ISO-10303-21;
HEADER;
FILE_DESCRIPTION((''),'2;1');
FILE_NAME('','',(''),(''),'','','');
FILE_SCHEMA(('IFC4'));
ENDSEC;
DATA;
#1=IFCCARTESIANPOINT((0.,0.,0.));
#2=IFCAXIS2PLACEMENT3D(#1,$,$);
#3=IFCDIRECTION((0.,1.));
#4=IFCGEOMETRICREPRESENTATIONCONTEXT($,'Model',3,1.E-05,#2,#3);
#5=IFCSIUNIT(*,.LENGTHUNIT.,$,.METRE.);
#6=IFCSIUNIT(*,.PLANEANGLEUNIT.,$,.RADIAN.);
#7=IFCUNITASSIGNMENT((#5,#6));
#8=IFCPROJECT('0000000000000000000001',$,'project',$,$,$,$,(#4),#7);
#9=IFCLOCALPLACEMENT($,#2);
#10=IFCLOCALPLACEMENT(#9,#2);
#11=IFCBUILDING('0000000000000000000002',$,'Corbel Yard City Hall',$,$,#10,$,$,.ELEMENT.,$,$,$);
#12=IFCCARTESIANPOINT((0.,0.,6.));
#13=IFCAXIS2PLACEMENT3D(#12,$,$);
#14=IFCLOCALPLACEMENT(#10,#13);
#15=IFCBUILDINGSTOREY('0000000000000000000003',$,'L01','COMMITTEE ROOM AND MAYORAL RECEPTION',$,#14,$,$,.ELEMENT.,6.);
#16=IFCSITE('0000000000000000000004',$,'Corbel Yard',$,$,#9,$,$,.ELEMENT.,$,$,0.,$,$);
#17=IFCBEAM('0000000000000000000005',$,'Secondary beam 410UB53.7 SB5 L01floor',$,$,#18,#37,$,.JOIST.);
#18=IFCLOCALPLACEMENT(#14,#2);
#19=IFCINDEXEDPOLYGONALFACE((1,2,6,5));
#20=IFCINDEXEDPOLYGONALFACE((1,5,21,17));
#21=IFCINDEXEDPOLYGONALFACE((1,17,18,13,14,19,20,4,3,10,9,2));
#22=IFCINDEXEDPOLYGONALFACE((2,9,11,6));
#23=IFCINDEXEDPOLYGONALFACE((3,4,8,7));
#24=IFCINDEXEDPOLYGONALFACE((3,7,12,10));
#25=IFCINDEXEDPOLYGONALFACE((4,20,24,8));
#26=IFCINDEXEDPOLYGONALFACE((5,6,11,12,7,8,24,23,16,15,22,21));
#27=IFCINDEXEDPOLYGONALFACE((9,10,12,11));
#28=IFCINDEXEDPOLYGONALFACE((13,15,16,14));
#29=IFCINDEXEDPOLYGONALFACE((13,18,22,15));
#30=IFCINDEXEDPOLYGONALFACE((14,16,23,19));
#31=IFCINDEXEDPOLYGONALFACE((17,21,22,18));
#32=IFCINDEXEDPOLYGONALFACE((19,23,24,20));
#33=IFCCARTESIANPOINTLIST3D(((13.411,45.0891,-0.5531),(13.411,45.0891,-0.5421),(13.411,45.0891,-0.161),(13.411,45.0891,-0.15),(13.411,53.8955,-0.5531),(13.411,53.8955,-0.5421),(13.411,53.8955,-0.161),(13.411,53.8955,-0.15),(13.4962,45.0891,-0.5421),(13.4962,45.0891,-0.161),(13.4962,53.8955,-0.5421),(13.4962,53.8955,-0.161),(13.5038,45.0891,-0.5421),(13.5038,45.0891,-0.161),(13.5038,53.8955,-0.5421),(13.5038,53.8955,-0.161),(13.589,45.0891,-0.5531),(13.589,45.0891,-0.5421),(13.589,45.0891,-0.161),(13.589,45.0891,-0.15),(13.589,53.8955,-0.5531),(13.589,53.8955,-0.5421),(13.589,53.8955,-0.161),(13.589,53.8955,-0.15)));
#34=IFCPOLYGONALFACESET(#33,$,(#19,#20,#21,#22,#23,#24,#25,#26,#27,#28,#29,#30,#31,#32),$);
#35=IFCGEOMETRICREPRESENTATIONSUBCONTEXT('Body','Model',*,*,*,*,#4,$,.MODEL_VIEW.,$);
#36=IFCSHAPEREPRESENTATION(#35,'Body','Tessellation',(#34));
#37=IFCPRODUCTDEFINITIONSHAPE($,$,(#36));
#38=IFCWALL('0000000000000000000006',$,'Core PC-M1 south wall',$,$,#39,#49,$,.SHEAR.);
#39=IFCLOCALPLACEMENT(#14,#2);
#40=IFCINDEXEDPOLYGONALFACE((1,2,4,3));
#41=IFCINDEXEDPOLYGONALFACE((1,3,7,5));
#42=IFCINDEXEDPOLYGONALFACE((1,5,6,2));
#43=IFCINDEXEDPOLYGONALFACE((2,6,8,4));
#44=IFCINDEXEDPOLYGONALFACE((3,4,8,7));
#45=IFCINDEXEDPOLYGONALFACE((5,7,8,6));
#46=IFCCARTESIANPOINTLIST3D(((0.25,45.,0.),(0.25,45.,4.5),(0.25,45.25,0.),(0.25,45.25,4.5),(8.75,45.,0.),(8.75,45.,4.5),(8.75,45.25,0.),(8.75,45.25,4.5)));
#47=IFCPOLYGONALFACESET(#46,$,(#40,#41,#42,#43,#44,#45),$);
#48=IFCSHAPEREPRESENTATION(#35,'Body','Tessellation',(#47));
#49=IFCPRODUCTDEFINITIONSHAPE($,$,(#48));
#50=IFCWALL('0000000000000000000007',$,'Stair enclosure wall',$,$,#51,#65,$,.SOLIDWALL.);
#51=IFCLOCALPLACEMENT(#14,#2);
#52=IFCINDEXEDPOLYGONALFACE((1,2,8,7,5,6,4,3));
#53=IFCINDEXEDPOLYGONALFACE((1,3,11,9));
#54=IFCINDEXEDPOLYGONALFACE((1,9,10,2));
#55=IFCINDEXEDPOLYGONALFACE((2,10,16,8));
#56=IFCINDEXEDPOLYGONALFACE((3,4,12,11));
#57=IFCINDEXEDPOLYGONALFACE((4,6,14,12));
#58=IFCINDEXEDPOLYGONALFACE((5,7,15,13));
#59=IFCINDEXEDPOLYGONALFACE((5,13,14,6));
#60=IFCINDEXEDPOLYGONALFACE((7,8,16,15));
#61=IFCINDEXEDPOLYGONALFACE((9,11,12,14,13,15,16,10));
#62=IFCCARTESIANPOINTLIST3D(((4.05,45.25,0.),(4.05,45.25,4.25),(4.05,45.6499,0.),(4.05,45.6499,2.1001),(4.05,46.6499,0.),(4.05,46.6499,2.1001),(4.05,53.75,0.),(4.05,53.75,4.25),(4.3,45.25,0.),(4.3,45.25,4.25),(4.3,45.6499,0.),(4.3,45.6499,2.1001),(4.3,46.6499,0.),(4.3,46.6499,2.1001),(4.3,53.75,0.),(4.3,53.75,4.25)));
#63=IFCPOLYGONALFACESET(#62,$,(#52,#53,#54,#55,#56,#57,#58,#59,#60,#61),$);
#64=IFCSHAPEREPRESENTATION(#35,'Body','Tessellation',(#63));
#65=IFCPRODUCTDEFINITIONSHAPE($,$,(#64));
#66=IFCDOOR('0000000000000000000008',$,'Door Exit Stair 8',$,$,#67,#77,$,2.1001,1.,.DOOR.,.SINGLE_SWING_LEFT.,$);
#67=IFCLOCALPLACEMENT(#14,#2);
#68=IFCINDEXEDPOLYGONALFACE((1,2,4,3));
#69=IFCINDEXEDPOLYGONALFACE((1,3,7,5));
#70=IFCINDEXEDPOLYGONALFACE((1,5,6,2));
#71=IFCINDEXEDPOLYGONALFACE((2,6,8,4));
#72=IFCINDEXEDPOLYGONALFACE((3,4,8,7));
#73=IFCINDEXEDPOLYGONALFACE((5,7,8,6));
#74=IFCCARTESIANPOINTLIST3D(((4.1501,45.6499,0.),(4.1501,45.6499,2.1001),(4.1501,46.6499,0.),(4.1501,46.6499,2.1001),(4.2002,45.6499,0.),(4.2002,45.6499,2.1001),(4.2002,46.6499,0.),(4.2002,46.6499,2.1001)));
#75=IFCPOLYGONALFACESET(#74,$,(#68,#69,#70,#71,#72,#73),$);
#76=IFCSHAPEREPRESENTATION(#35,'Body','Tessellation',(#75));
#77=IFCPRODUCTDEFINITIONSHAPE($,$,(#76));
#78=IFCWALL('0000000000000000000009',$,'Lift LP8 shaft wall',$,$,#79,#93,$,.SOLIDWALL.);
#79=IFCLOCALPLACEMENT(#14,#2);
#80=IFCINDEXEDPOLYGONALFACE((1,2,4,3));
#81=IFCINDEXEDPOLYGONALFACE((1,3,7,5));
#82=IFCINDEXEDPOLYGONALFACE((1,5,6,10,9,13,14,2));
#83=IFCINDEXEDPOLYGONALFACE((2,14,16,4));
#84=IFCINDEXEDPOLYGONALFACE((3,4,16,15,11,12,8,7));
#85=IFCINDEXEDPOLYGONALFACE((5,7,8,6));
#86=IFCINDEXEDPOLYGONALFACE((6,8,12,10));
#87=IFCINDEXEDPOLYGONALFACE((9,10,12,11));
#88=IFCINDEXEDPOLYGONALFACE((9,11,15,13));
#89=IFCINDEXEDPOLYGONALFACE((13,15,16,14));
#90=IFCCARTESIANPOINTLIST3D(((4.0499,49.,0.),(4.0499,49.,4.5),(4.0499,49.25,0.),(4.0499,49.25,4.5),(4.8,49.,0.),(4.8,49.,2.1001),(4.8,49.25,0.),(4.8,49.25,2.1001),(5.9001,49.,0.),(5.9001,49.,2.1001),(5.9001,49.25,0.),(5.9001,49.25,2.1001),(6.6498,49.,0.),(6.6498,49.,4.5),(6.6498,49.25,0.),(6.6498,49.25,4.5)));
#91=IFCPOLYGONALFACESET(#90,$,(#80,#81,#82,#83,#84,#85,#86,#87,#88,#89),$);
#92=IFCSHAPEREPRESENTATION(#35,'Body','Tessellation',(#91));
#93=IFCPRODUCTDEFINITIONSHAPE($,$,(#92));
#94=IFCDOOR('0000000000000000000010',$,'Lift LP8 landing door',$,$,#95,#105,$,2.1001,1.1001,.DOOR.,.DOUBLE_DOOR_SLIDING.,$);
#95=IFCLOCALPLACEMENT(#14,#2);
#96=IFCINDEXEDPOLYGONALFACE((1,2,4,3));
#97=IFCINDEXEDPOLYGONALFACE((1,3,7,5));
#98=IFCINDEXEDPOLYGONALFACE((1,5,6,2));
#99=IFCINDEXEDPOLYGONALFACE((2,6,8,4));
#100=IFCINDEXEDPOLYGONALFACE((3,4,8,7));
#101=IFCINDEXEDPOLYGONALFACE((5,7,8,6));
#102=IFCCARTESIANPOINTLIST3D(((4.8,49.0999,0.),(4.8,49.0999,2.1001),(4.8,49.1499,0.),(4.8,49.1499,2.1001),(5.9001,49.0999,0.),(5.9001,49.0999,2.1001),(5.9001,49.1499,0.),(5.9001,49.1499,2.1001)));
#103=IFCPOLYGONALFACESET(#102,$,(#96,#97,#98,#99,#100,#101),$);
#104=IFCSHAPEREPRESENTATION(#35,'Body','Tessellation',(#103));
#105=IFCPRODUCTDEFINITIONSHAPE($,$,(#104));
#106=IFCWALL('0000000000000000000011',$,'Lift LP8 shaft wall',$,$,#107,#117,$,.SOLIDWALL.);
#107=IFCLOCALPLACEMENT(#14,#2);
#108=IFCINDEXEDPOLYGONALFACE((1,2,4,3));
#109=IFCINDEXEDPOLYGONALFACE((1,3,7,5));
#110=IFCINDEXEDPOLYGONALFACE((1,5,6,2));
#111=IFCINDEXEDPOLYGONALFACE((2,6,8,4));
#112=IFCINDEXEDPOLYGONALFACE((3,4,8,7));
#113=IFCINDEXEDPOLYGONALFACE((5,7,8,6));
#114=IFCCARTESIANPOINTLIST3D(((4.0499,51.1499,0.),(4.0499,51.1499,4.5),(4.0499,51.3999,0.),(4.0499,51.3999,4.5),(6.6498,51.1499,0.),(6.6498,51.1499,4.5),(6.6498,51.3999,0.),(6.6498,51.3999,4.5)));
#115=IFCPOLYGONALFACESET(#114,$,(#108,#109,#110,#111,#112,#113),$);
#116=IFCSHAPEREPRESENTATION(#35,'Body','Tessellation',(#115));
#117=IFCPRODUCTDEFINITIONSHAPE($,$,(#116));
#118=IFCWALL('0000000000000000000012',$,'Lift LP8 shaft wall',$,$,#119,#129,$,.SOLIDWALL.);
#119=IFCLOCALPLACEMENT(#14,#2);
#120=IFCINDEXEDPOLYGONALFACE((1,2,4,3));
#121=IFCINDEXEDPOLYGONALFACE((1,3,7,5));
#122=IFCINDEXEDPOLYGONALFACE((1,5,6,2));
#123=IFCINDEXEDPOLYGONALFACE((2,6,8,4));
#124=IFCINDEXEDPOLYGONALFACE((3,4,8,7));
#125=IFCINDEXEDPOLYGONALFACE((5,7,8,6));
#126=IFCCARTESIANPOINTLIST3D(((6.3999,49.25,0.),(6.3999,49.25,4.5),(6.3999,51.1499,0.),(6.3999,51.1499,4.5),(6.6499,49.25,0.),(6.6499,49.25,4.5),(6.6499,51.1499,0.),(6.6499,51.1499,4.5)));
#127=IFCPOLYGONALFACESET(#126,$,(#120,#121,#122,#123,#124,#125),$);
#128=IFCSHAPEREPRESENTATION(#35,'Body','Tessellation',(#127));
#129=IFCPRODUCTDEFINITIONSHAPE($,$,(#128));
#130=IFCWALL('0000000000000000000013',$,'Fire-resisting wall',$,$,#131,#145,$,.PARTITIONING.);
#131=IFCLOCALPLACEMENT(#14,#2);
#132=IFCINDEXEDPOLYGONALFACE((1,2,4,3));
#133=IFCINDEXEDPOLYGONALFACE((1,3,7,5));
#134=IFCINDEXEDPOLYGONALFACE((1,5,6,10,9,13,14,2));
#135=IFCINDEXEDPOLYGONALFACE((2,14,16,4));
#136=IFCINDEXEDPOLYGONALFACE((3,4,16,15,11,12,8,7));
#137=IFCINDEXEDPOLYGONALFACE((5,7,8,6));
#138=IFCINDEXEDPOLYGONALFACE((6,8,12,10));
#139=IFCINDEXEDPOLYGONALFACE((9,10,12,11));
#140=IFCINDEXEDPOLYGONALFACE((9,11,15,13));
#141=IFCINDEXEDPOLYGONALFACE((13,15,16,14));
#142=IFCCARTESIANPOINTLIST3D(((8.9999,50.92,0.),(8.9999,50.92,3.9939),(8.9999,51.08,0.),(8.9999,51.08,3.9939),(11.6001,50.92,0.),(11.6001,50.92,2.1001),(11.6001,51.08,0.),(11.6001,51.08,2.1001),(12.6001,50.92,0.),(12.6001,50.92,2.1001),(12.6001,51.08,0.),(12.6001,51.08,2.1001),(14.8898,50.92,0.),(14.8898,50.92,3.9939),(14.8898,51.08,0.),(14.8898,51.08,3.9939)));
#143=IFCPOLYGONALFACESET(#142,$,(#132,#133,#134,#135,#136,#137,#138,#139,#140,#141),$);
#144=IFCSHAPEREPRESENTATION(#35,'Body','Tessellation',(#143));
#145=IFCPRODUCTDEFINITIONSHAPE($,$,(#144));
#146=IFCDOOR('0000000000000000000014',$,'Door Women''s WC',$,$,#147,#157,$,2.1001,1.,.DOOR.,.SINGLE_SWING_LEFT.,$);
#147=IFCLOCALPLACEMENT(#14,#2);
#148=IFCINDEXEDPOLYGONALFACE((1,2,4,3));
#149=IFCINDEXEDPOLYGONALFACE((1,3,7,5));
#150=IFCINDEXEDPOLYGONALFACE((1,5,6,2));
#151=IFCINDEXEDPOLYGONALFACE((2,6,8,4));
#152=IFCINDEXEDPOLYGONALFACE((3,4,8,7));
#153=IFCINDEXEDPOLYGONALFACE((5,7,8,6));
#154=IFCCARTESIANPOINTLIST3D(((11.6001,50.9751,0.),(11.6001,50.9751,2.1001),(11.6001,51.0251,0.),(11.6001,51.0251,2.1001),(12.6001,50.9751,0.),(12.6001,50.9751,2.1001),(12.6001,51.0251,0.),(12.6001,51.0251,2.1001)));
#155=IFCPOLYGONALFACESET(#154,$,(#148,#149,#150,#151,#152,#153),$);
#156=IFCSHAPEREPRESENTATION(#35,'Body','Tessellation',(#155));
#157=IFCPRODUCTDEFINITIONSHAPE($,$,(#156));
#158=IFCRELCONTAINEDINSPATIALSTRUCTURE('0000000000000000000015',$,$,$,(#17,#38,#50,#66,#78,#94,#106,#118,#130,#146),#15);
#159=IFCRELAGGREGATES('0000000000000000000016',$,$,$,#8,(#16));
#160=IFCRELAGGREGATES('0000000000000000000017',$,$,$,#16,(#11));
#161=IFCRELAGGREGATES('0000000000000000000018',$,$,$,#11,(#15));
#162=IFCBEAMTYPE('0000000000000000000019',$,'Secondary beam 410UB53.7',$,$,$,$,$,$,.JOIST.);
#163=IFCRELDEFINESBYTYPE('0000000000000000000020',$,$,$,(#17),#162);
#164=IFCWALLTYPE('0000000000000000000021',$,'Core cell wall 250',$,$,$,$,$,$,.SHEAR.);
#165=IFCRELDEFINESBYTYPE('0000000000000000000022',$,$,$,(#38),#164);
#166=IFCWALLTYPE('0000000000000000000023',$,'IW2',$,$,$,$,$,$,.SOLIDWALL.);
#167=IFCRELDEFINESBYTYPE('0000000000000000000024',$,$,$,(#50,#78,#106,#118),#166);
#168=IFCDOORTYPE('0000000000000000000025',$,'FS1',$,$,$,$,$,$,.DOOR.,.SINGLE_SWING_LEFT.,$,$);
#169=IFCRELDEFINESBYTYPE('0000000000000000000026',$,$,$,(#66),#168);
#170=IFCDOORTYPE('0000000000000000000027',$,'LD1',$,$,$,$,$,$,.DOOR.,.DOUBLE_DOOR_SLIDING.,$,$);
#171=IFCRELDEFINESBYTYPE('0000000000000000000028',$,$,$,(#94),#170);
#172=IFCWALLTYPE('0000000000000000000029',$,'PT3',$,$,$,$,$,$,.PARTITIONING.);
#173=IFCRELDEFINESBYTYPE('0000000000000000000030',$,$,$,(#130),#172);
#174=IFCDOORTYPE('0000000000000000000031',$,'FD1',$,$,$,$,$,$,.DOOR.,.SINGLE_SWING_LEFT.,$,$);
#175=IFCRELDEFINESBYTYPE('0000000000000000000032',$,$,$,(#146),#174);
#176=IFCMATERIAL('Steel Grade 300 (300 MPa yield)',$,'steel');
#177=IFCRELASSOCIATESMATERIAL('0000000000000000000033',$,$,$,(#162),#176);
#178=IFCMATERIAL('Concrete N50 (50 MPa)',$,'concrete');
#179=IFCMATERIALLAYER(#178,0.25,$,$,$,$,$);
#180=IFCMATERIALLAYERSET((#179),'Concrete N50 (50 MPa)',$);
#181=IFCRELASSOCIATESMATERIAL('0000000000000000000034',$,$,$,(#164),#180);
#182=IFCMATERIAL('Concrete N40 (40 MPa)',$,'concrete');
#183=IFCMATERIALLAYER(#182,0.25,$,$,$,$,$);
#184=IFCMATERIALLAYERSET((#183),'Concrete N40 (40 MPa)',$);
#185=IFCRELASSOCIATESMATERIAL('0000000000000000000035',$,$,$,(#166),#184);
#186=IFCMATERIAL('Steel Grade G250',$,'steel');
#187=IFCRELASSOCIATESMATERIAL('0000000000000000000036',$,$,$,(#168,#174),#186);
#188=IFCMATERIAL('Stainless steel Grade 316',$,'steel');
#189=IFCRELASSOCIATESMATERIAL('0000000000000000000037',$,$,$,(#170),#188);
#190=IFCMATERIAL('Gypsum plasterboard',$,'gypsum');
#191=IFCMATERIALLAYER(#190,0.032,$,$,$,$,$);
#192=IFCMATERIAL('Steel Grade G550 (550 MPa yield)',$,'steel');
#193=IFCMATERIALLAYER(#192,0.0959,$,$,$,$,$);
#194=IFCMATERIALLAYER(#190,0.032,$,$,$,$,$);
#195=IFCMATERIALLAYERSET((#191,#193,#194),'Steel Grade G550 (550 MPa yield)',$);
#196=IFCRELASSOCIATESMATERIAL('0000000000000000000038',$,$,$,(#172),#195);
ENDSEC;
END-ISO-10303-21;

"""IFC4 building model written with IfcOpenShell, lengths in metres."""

from ifc_helpers import new_model, si_unit, direction, frame, frame_2d, origin, origin_2d, place, context, subcontext, project, spatial, rectangle, i_section, extrude, material, layer, layer_set, material_profile, profile_set, type_object, element, fill, save


model = new_model("IFC4")

# Units and contexts
model_context = context("Model", 3, precision=1e-05, world=origin(), true_north=direction((0.0, 1.0)))
body_context = subcontext(model_context, "Body", "Model", "MODEL_VIEW")
ifc_project = project(units=[si_unit("LENGTHUNIT", "METRE"), si_unit("PLANEANGLEUNIT", "RADIAN")], contexts=[model_context])

# Site, building, storey
site_placement = place(None, origin())
site = spatial("IfcSite", under=ifc_project, at=site_placement, Name="Corbel Yard", CompositionType="ELEMENT", RefElevation=0.0)
building_placement = place(site_placement, origin())
building = spatial("IfcBuilding", under=site, at=building_placement, Name="Corbel Yard City Hall", CompositionType="ELEMENT")
storey_placement = place(building_placement, frame((0.0, 0.0, 6.0)))
storey = spatial("IfcBuildingStorey", under=building, at=storey_placement, Name="L01", Description="COMMITTEE ROOM AND MAYORAL RECEPTION", CompositionType="ELEMENT", Elevation=6.0)

# Beam
ifc_material_1 = material(Name="Steel Grade 300 (300 MPa yield)", Category="steel")
ifc_material_profile = material_profile(ifc_material_1, i_section(OverallWidth=0.178, OverallDepth=0.4031, WebThickness=0.0076, FlangeThickness=0.011, at=origin_2d()), Name="410UB53.7")
ifc_profile_set = profile_set([ifc_material_profile], Name="Steel Grade 300 (300 MPa yield)")
beam_type = type_object("IfcBeamType", Name="Secondary beam 410UB53.7", PredefinedType="JOIST", material=ifc_profile_set)
beam_placement = place(storey_placement, frame((13.5, 45.0891, -0.3516), z_axis=(0.0, 1.0, 0.0), x_axis=(-1.0, 0.0, 0.0)))
element("IfcBeam", 1, at=beam_placement, inside=storey, type_object=beam_type, Name="Secondary beam 410UB53.7 SB5 L01floor", PredefinedType="JOIST", context=body_context, shape_type="SweptSolid", body=[
    extrude(i_section(OverallWidth=0.178, OverallDepth=0.4031, WebThickness=0.0076, FlangeThickness=0.011, at=origin_2d()), origin(), (0.0, 0.0, 1.0), 8.8064),
])

# Wall
ifc_material_2 = material(Name="Concrete N50 (50 MPa)", Category="concrete")
ifc_layer_1 = layer(ifc_material_2, 0.25)
ifc_layer_set_1 = layer_set([ifc_layer_1], Name="Concrete N50 (50 MPa)")
wall_type_1 = type_object("IfcWallType", Name="Core cell wall 250", PredefinedType="SHEAR", material=ifc_layer_set_1)
wall_1_placement = place(storey_placement, frame((0.25, 45.125, 0.0), z_axis=(0.0, 0.0, 1.0), x_axis=(1.0, 0.0, 0.0)))
element("IfcWall", 2, at=wall_1_placement, inside=storey, type_object=wall_type_1, Name="Core PC-M1 south wall", PredefinedType="SHEAR", context=body_context, shape_type="SweptSolid", body=[
    extrude(rectangle(XDim=8.5, YDim=0.25, at=frame_2d((4.25, 0.0))), origin(), (0.0, 0.0, 1.0), 4.5),
])

# Walls, openings, doors
ifc_material_3 = material(Name="Concrete N40 (40 MPa)", Category="concrete")
ifc_layer_2 = layer(ifc_material_3, 0.25)
ifc_layer_set_2 = layer_set([ifc_layer_2], Name="Concrete N40 (40 MPa)")
wall_type_2 = type_object("IfcWallType", Name="IW2", PredefinedType="SOLIDWALL", material=ifc_layer_set_2)
wall_2_placement = place(storey_placement, frame((4.175, 45.25, 0.0), z_axis=(0.0, 0.0, 1.0), x_axis=(0.0, 1.0, 0.0)))
wall_2 = element("IfcWall", 3, at=wall_2_placement, inside=storey, type_object=wall_type_2, Name="Stair enclosure wall", PredefinedType="SOLIDWALL", context=body_context, shape_type="SweptSolid", body=[
    extrude(rectangle(XDim=8.5, YDim=0.25, at=frame_2d((4.25, 0.0))), origin(), (0.0, 0.0, 1.0), 4.25),
])
opening_1_placement = place(wall_2_placement, frame((0.3999, 0.0, 0.0)))
opening_1 = element("IfcOpeningElement", 4, at=opening_1_placement, cuts=wall_2, PredefinedType="OPENING", context=body_context, shape_type="SweptSolid", body=[
    extrude(rectangle(XDim=1.0, YDim=2.1001, at=frame_2d((0.5, 1.05))), frame((0.0, 0.135, 0.0), z_axis=(0.0, -1.0, 0.0), x_axis=(1.0, 0.0, 0.0)), (0.0, 0.0, 1.0), 0.27),
])
ifc_material_4 = material(Name="Steel Grade G250", Category="steel")
door_type_1 = type_object("IfcDoorType", Name="FS1", OperationType="SINGLE_SWING_LEFT", PredefinedType="DOOR", material=ifc_material_4)
door_1_placement = place(opening_1_placement, origin())
door_1 = element("IfcDoor", 5, at=door_1_placement, inside=storey, type_object=door_type_1, Name="Door Exit Stair 8", OperationType="SINGLE_SWING_LEFT", OverallHeight=2.1001, OverallWidth=1.0, PredefinedType="DOOR", context=body_context, shape_type="SweptSolid", body=[
    extrude(rectangle(XDim=1.0, YDim=2.1001, at=frame_2d((0.5, 1.05))), frame((0.0, 0.0249, 0.0), z_axis=(0.0, -1.0, 0.0), x_axis=(1.0, 0.0, 0.0)), (0.0, 0.0, 1.0), 0.05),
])
fill(opening_1, door_1)
wall_3_placement = place(storey_placement, frame((4.05, 49.125, 0.0), z_axis=(0.0, 0.0, 1.0), x_axis=(1.0, 0.0, 0.0)))
wall_3 = element("IfcWall", 6, at=wall_3_placement, inside=storey, type_object=wall_type_2, Name="Lift LP8 shaft wall", PredefinedType="SOLIDWALL", context=body_context, shape_type="SweptSolid", body=[
    extrude(rectangle(XDim=2.5999, YDim=0.25, at=frame_2d((1.2998, 0.0))), origin(), (0.0, 0.0, 1.0), 4.5),
])
opening_2_placement = place(wall_3_placement, frame((0.75, 0.0, 0.0)))
opening_2 = element("IfcOpeningElement", 7, at=opening_2_placement, cuts=wall_3, PredefinedType="OPENING", context=body_context, shape_type="SweptSolid", body=[
    extrude(rectangle(XDim=1.1001, YDim=2.1001, at=frame_2d((0.55, 1.05))), frame((0.0, 0.135, 0.0), z_axis=(0.0, -1.0, 0.0), x_axis=(1.0, 0.0, 0.0)), (0.0, 0.0, 1.0), 0.27),
])
ifc_material_5 = material(Name="Stainless steel Grade 316", Category="steel")
door_type_2 = type_object("IfcDoorType", Name="LD1", OperationType="DOUBLE_DOOR_SLIDING", PredefinedType="DOOR", material=ifc_material_5)
door_2_placement = place(opening_2_placement, origin())
door_2 = element("IfcDoor", 8, at=door_2_placement, inside=storey, type_object=door_type_2, Name="Lift LP8 landing door", OperationType="DOUBLE_DOOR_SLIDING", OverallHeight=2.1001, OverallWidth=1.1001, PredefinedType="DOOR", context=body_context, shape_type="SweptSolid", body=[
    extrude(rectangle(XDim=1.1001, YDim=2.1001, at=frame_2d((0.55, 1.05))), frame((0.0, 0.0249, 0.0), z_axis=(0.0, -1.0, 0.0), x_axis=(1.0, 0.0, 0.0)), (0.0, 0.0, 1.0), 0.05),
])
fill(opening_2, door_2)

# Walls
wall_4_placement = place(storey_placement, frame((4.05, 51.2749, 0.0), z_axis=(0.0, 0.0, 1.0), x_axis=(1.0, 0.0, 0.0)))
element("IfcWall", 9, at=wall_4_placement, inside=storey, type_object=wall_type_2, Name="Lift LP8 shaft wall", PredefinedType="SOLIDWALL", context=body_context, shape_type="SweptSolid", body=[
    extrude(rectangle(XDim=2.5999, YDim=0.25, at=frame_2d((1.2998, 0.0))), origin(), (0.0, 0.0, 1.0), 4.5),
])
wall_5_placement = place(storey_placement, frame((6.5249, 49.25, 0.0), z_axis=(0.0, 0.0, 1.0), x_axis=(0.0, 1.0, 0.0)))
element("IfcWall", 10, at=wall_5_placement, inside=storey, type_object=wall_type_2, Name="Lift LP8 shaft wall", PredefinedType="SOLIDWALL", context=body_context, shape_type="SweptSolid", body=[
    extrude(rectangle(XDim=1.8999, YDim=0.25, at=frame_2d((0.95, 0.0))), origin(), (0.0, 0.0, 1.0), 4.5),
])

# Wall, opening, door
ifc_material_6 = material(Name="Gypsum plasterboard", Category="gypsum")
ifc_layer_3 = layer(ifc_material_6, 0.032)
ifc_material_7 = material(Name="Steel Grade G550 (550 MPa yield)", Category="steel")
ifc_layer_4 = layer(ifc_material_7, 0.0959)
ifc_layer_5 = layer(ifc_material_6, 0.032)
ifc_layer_set_3 = layer_set([ifc_layer_3, ifc_layer_4, ifc_layer_5], Name="Steel Grade G550 (550 MPa yield)")
wall_type_3 = type_object("IfcWallType", Name="PT3", PredefinedType="PARTITIONING", material=ifc_layer_set_3)
wall_6_placement = place(storey_placement, frame((9.0, 51.0, 0.0), z_axis=(0.0, 0.0, 1.0), x_axis=(1.0, 0.0, 0.0)))
wall_6 = element("IfcWall", 11, at=wall_6_placement, inside=storey, type_object=wall_type_3, Name="Fire-resisting wall", PredefinedType="PARTITIONING", context=body_context, shape_type="SweptSolid", body=[
    extrude(rectangle(XDim=5.8899, YDim=0.1599, at=frame_2d((2.9448, 0.0))), origin(), (0.0, 0.0, 1.0), 3.9939),
])
opening_3_placement = place(wall_6_placement, frame((2.6001, 0.0, 0.0)))
opening_3 = element("IfcOpeningElement", 12, at=opening_3_placement, cuts=wall_6, PredefinedType="OPENING", context=body_context, shape_type="SweptSolid", body=[
    extrude(rectangle(XDim=1.0, YDim=2.1001, at=frame_2d((0.5, 1.05))), frame((0.0, 0.0898, 0.0), z_axis=(0.0, -1.0, 0.0), x_axis=(1.0, 0.0, 0.0)), (0.0, 0.0, 1.0), 0.1799),
])
door_type_3 = type_object("IfcDoorType", Name="FD1", OperationType="SINGLE_SWING_LEFT", PredefinedType="DOOR", material=ifc_material_4)
door_3_placement = place(opening_3_placement, frame((1.0, 0.0, 0.0), z_axis=(0.0, 0.0, 1.0), x_axis=(-1.0, 0.0, 0.0)))
door_3 = element("IfcDoor", 13, at=door_3_placement, inside=storey, type_object=door_type_3, Name="Door Women's WC", OperationType="SINGLE_SWING_LEFT", OverallHeight=2.1001, OverallWidth=1.0, PredefinedType="DOOR", context=body_context, shape_type="SweptSolid", body=[
    extrude(rectangle(XDim=1.0, YDim=2.1001, at=frame_2d((0.5, 1.05))), frame((0.0, 0.0249, 0.0), z_axis=(0.0, -1.0, 0.0), x_axis=(1.0, 0.0, 0.0)), (0.0, 0.0, 1.0), 0.05),
])
fill(opening_3, door_3)

save(model, "model.ifc")
